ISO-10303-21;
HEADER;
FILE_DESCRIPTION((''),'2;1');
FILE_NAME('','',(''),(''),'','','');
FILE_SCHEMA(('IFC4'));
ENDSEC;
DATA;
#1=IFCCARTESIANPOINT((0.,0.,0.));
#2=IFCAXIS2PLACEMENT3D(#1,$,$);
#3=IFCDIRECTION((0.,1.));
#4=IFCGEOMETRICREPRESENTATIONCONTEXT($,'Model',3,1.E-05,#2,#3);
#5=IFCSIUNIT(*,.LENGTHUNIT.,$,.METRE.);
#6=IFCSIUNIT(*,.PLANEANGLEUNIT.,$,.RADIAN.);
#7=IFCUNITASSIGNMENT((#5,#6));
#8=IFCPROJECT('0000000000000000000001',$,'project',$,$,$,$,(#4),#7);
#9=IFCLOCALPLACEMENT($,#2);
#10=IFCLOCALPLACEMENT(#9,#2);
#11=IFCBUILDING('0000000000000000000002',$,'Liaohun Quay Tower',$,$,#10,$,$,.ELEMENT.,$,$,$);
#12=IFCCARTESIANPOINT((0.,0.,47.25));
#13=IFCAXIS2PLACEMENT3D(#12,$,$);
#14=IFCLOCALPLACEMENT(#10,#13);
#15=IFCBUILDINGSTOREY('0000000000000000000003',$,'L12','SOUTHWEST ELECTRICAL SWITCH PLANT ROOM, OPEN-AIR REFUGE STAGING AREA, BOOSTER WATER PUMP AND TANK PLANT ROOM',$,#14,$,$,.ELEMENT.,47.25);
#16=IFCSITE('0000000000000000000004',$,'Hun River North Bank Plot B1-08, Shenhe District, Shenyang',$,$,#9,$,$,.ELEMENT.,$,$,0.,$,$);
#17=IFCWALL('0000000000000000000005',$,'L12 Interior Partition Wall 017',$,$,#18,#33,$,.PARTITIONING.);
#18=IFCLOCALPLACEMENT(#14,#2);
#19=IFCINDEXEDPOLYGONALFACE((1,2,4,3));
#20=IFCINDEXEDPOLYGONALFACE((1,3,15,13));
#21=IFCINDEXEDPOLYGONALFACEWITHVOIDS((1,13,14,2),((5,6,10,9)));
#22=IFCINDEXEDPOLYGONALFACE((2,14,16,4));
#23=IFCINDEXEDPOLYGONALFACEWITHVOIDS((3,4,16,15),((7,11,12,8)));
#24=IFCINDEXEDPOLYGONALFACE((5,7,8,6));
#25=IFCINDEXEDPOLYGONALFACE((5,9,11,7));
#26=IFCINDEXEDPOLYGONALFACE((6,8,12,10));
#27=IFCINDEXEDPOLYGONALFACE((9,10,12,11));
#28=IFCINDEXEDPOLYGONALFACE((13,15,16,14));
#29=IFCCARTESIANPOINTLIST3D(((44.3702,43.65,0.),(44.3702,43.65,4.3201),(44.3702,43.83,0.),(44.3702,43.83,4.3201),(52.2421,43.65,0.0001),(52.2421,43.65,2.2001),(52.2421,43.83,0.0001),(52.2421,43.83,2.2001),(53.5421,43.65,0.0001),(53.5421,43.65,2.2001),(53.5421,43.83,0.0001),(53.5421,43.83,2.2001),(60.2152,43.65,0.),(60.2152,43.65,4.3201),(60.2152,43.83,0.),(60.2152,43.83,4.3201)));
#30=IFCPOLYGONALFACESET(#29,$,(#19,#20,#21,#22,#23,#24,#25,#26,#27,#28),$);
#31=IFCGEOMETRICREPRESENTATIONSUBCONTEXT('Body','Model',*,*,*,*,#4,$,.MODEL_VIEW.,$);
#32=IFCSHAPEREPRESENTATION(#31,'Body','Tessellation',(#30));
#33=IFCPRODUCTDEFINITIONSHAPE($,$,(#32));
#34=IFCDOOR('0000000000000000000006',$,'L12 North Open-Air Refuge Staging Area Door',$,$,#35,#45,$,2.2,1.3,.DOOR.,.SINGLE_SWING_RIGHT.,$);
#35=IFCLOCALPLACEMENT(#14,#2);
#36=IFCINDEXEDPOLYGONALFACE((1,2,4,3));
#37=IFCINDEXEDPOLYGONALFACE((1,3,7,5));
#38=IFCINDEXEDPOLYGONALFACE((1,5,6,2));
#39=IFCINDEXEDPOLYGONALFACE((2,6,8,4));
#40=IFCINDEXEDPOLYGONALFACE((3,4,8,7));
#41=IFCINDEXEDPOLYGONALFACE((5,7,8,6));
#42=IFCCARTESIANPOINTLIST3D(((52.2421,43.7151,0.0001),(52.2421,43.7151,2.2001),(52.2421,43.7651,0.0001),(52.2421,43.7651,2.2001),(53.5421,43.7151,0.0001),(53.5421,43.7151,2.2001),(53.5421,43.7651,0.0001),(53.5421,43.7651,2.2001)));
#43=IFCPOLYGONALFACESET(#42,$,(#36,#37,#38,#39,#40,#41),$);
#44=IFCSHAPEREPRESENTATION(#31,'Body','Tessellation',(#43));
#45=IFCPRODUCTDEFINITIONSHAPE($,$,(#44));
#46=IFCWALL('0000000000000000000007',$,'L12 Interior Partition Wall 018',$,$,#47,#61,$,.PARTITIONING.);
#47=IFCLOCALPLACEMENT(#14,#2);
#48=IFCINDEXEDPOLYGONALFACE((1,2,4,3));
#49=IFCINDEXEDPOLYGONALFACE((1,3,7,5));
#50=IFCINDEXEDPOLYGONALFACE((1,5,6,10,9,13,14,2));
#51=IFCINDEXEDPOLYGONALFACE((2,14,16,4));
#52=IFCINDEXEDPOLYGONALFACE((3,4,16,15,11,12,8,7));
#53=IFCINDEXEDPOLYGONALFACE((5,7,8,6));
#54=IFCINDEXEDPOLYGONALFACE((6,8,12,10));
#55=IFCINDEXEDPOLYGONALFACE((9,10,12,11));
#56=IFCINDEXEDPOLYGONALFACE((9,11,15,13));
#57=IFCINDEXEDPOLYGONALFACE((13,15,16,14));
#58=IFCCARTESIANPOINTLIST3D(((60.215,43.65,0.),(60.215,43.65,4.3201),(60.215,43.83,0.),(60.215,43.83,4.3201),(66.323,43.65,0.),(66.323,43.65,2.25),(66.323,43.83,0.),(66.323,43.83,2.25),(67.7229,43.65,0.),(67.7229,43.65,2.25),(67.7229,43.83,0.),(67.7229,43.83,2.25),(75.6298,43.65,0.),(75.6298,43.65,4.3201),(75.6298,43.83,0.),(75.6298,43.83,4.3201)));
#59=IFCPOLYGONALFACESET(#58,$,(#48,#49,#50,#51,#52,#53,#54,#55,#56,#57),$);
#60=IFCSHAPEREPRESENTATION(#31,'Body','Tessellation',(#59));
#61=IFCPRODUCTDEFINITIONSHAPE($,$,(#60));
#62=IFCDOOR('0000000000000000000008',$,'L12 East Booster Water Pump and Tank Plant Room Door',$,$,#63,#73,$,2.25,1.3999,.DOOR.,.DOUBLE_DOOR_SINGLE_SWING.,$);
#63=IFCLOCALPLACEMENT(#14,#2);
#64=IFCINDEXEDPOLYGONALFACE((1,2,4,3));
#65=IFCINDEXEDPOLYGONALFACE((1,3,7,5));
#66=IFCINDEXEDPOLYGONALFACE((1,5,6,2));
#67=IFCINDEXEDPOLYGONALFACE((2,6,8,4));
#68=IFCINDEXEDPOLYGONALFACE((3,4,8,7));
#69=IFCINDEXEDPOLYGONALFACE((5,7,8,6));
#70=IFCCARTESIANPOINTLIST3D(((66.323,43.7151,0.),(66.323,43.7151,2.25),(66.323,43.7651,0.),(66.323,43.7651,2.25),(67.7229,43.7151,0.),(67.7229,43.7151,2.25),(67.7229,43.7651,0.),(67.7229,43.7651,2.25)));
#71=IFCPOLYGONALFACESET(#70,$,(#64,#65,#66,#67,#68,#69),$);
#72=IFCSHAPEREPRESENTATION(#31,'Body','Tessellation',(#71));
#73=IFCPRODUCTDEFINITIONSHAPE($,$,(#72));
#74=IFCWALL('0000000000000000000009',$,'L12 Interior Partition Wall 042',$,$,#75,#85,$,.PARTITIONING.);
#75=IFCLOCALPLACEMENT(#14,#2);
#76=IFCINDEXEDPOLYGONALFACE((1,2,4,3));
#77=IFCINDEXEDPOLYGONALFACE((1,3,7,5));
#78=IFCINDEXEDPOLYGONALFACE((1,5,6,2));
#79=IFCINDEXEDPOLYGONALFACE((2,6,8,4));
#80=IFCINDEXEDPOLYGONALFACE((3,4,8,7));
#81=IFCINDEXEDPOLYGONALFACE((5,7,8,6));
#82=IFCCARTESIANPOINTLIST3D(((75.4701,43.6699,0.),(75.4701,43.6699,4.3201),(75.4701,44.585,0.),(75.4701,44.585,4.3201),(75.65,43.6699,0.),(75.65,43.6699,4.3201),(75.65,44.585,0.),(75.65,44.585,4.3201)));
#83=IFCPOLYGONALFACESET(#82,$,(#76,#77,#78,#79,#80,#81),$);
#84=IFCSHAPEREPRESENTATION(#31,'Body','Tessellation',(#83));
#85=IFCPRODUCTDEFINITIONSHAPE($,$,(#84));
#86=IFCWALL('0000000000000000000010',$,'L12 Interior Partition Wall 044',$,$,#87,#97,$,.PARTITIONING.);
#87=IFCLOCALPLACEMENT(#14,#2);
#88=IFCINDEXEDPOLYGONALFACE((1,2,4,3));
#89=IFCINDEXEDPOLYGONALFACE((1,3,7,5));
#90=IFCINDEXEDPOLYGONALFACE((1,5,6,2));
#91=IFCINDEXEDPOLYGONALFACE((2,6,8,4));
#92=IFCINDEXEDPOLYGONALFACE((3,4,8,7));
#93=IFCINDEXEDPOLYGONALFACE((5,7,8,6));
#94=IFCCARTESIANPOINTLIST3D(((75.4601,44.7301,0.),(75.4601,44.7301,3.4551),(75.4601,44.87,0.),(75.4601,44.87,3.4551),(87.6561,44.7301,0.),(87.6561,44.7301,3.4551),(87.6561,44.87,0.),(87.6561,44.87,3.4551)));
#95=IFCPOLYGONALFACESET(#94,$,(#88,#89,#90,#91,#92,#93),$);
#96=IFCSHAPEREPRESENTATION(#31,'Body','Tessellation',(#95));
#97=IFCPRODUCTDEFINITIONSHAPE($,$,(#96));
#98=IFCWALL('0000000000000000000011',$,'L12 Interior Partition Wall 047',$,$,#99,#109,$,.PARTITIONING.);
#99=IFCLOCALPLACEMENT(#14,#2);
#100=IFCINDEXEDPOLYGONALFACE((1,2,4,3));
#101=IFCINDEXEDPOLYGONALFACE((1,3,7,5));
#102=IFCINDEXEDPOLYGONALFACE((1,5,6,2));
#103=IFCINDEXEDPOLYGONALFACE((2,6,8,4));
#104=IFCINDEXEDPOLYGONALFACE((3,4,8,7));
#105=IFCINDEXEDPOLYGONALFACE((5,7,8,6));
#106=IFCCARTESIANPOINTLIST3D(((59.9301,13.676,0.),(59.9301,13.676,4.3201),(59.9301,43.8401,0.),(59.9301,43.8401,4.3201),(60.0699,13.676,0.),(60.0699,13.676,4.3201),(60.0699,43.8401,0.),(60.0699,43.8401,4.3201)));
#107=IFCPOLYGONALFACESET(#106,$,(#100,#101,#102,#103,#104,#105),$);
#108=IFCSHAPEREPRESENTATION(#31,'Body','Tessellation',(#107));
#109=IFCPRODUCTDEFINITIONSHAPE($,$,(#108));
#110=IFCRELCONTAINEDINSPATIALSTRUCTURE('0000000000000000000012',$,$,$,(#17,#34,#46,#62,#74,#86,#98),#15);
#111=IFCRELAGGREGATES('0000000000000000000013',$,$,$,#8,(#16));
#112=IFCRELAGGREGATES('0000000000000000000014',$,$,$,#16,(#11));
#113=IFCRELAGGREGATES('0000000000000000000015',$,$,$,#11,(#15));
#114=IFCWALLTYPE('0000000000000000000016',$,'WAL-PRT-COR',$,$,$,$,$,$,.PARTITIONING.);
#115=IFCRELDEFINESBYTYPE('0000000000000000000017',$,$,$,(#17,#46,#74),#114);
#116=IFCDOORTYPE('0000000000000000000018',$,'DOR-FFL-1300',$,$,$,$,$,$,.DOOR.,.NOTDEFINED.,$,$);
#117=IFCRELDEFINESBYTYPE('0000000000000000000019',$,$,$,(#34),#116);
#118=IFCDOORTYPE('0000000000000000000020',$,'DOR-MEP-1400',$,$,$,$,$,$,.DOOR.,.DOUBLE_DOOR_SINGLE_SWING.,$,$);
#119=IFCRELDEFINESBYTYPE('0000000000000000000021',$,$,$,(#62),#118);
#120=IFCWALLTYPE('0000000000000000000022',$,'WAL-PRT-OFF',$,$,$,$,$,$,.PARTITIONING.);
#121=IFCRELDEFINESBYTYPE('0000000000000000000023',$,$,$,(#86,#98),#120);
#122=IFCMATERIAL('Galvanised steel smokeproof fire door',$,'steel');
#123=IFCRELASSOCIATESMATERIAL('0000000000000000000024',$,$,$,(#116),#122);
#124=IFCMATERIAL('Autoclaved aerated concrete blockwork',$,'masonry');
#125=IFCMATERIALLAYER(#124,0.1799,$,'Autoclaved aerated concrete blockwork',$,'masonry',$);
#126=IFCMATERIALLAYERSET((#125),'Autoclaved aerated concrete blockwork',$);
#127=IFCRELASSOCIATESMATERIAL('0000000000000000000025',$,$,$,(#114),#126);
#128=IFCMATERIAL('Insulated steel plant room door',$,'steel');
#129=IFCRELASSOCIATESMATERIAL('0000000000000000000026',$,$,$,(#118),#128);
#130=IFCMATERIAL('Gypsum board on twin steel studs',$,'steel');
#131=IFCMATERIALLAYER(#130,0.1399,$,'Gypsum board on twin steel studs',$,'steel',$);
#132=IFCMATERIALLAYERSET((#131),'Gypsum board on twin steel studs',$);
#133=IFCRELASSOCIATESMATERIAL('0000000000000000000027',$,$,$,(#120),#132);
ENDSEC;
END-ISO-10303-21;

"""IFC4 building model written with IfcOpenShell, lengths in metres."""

from ifc_helpers import new_model, si_unit, direction, frame, frame_2d, origin, place, context, subcontext, project, spatial, rectangle, extrude, source, transform, mapped, material, layer, layer_set, type_object, element, fill, save


model = new_model("IFC4")

# Units and contexts
model_context = context("Model", 3, precision=1e-05, world=origin(), true_north=direction((0.0, 1.0)))
body_context = subcontext(model_context, "Body", "Model", "MODEL_VIEW")
ifc_project = project(units=[si_unit("LENGTHUNIT", "METRE"), si_unit("PLANEANGLEUNIT", "RADIAN")], contexts=[model_context])

# Site, building, storey
site_placement = place(None, origin())
site = spatial("IfcSite", under=ifc_project, at=site_placement, Name="Hun River North Bank Plot B1-08, Shenhe District, Shenyang", CompositionType="ELEMENT", RefElevation=0.0)
building_placement = place(site_placement, origin())
building = spatial("IfcBuilding", under=site, at=building_placement, Name="Liaohun Quay Tower", CompositionType="ELEMENT")
storey_placement = place(building_placement, frame((0.0, 0.0, 47.25)))
storey = spatial("IfcBuildingStorey", under=building, at=storey_placement, Name="L12", Description="SOUTHWEST ELECTRICAL SWITCH PLANT ROOM, OPEN-AIR REFUGE STAGING AREA, BOOSTER WATER PUMP AND TANK PLANT ROOM", CompositionType="ELEMENT", Elevation=47.25)

# Shared definitions
ifc_material_1 = material(Name="Galvanised steel smokeproof fire door", Category="steel")
door_type_1 = type_object("IfcDoorType", Name="DOR-FFL-1300", OperationType="NOTDEFINED", PredefinedType="DOOR", material=ifc_material_1)
shared_shape_1 = source(origin(), body_context, "Body", "SweptSolid", [
    extrude(rectangle(XDim=1.3, YDim=2.2, at=frame_2d((0.6499, 1.1001))), frame((0.0, 0.0249, 0.0), z_axis=(0.0, -1.0, 0.0), x_axis=(1.0, 0.0, 0.0)), (0.0, 0.0, 1.0), 0.05),
])

# Walls, openings, doors
ifc_material_2 = material(Name="Autoclaved aerated concrete blockwork", Category="masonry")
ifc_layer_1 = layer(ifc_material_2, 0.1799, Name="Autoclaved aerated concrete blockwork", Category="masonry")
ifc_layer_set_1 = layer_set([ifc_layer_1], Name="Autoclaved aerated concrete blockwork")
wall_type_1 = type_object("IfcWallType", Name="WAL-PRT-COR", PredefinedType="PARTITIONING", material=ifc_layer_set_1)
wall_1_placement = place(storey_placement, frame((60.2151, 43.74, 0.0), z_axis=(0.0, 0.0, 1.0), x_axis=(-1.0, 0.0, 0.0)))
wall_1 = element("IfcWall", 1, at=wall_1_placement, inside=storey, type_object=wall_type_1, Name="L12 Interior Partition Wall 017", PredefinedType="PARTITIONING", context=body_context, shape_type="SweptSolid", body=[
    extrude(rectangle(XDim=15.845, YDim=0.1799, at=frame_2d((7.9224, 0.0))), origin(), (0.0, 0.0, 1.0), 4.3201),
])
shared_shape_2 = source(origin(), body_context, "Body", "SweptSolid", [
    extrude(rectangle(XDim=1.3, YDim=2.2, at=frame_2d((0.6499, 1.1001))), frame((0.0, 0.0999, 0.0), z_axis=(0.0, -1.0, 0.0), x_axis=(1.0, 0.0, 0.0)), (0.0, 0.0, 1.0), 0.2),
])
opening_1_placement = place(wall_1_placement, frame((6.6731, 0.0, 0.0)))
opening_1 = element("IfcOpeningElement", 2, at=opening_1_placement, cuts=wall_1, PredefinedType="OPENING", context=body_context, shape_type="MappedRepresentation", body=[
    mapped(shared_shape_2, transform((0.0, 0.0, 0.0), x_axis=(1.0, 0.0, 0.0), y_axis=(0.0, 1.0, 0.0), z_axis=(0.0, 0.0, 1.0), scale=1.0)),
])
door_1_placement = place(opening_1_placement, origin())
door_1 = element("IfcDoor", 3, at=door_1_placement, inside=storey, type_object=door_type_1, Name="L12 North Open-Air Refuge Staging Area Door", OperationType="SINGLE_SWING_RIGHT", OverallHeight=2.2, OverallWidth=1.3, PredefinedType="DOOR", context=body_context, shape_type="MappedRepresentation", body=[
    mapped(shared_shape_1, transform((0.0, 0.0, 0.0), x_axis=(1.0, 0.0, 0.0), y_axis=(0.0, 1.0, 0.0), z_axis=(0.0, 0.0, 1.0), scale=1.0)),
])
fill(opening_1, door_1)
wall_2_placement = place(storey_placement, frame((75.6299, 43.74, 0.0), z_axis=(0.0, 0.0, 1.0), x_axis=(-1.0, 0.0, 0.0)))
wall_2 = element("IfcWall", 4, at=wall_2_placement, inside=storey, type_object=wall_type_1, Name="L12 Interior Partition Wall 018", PredefinedType="PARTITIONING", context=body_context, shape_type="SweptSolid", body=[
    extrude(rectangle(XDim=15.4148, YDim=0.1799, at=frame_2d((7.7075, 0.0))), origin(), (0.0, 0.0, 1.0), 4.3201),
])
shared_shape_3 = source(origin(), body_context, "Body", "SweptSolid", [
    extrude(rectangle(XDim=1.3999, YDim=2.25, at=frame_2d((0.7, 1.125))), frame((0.0, 0.0999, 0.0), z_axis=(0.0, -1.0, 0.0), x_axis=(1.0, 0.0, 0.0)), (0.0, 0.0, 1.0), 0.2),
])
opening_2_placement = place(wall_2_placement, frame((7.907, 0.0, 0.0)))
opening_2 = element("IfcOpeningElement", 5, at=opening_2_placement, cuts=wall_2, PredefinedType="OPENING", context=body_context, shape_type="MappedRepresentation", body=[
    mapped(shared_shape_3, transform((0.0, 0.0, 0.0), x_axis=(1.0, 0.0, 0.0), y_axis=(0.0, 1.0, 0.0), z_axis=(0.0, 0.0, 1.0), scale=1.0)),
])
ifc_material_3 = material(Name="Insulated steel plant room door", Category="steel")
door_type_2 = type_object("IfcDoorType", Name="DOR-MEP-1400", OperationType="DOUBLE_DOOR_SINGLE_SWING", PredefinedType="DOOR", material=ifc_material_3)
shared_shape_4 = source(origin(), body_context, "Body", "SweptSolid", [
    extrude(rectangle(XDim=1.3999, YDim=2.25, at=frame_2d((0.7, 1.125))), frame((0.0, 0.0249, 0.0), z_axis=(0.0, -1.0, 0.0), x_axis=(1.0, 0.0, 0.0)), (0.0, 0.0, 1.0), 0.05),
])
door_2_placement = place(opening_2_placement, origin())
door_2 = element("IfcDoor", 6, at=door_2_placement, inside=storey, type_object=door_type_2, Name="L12 East Booster Water Pump and Tank Plant Room Door", OperationType="DOUBLE_DOOR_SINGLE_SWING", OverallHeight=2.25, OverallWidth=1.3999, PredefinedType="DOOR", context=body_context, shape_type="MappedRepresentation", body=[
    mapped(shared_shape_4, transform((0.0, 0.0, 0.0), x_axis=(1.0, 0.0, 0.0), y_axis=(0.0, 1.0, 0.0), z_axis=(0.0, 0.0, 1.0), scale=1.0)),
])
fill(opening_2, door_2)

# Walls
wall_3_placement = place(storey_placement, frame((75.5601, 44.585, 0.0), z_axis=(0.0, 0.0, 1.0), x_axis=(0.0, -1.0, 0.0)))
element("IfcWall", 7, at=wall_3_placement, inside=storey, type_object=wall_type_1, Name="L12 Interior Partition Wall 042", PredefinedType="PARTITIONING", context=body_context, shape_type="SweptSolid", body=[
    extrude(rectangle(XDim=0.915, YDim=0.1799, at=frame_2d((0.4575, 0.0))), origin(), (0.0, 0.0, 1.0), 4.3201),
])
ifc_material_4 = material(Name="Gypsum board on twin steel studs", Category="steel")
ifc_layer_2 = layer(ifc_material_4, 0.1399, Name="Gypsum board on twin steel studs", Category="steel")
ifc_layer_set_2 = layer_set([ifc_layer_2], Name="Gypsum board on twin steel studs")
wall_type_2 = type_object("IfcWallType", Name="WAL-PRT-OFF", PredefinedType="PARTITIONING", material=ifc_layer_set_2)
wall_4_placement = place(storey_placement, frame((75.46, 44.8, 0.0), z_axis=(0.0, 0.0, 1.0), x_axis=(1.0, 0.0, 0.0)))
element("IfcWall", 8, at=wall_4_placement, inside=storey, type_object=wall_type_2, Name="L12 Interior Partition Wall 044", PredefinedType="PARTITIONING", context=body_context, shape_type="SweptSolid", body=[
    extrude(rectangle(XDim=12.196, YDim=0.1399, at=frame_2d((6.0981, 0.0))), origin(), (0.0, 0.0, 1.0), 3.4551),
])
wall_5_placement = place(storey_placement, frame((60.0, 43.8401, 0.0), z_axis=(0.0, 0.0, 1.0), x_axis=(0.0, -1.0, 0.0)))
element("IfcWall", 9, at=wall_5_placement, inside=storey, type_object=wall_type_2, Name="L12 Interior Partition Wall 047", PredefinedType="PARTITIONING", context=body_context, shape_type="SweptSolid", body=[
    extrude(rectangle(XDim=30.1641, YDim=0.1399, at=frame_2d((15.082, 0.0))), origin(), (0.0, 0.0, 1.0), 4.3201),
])

save(model, "model.ifc")
